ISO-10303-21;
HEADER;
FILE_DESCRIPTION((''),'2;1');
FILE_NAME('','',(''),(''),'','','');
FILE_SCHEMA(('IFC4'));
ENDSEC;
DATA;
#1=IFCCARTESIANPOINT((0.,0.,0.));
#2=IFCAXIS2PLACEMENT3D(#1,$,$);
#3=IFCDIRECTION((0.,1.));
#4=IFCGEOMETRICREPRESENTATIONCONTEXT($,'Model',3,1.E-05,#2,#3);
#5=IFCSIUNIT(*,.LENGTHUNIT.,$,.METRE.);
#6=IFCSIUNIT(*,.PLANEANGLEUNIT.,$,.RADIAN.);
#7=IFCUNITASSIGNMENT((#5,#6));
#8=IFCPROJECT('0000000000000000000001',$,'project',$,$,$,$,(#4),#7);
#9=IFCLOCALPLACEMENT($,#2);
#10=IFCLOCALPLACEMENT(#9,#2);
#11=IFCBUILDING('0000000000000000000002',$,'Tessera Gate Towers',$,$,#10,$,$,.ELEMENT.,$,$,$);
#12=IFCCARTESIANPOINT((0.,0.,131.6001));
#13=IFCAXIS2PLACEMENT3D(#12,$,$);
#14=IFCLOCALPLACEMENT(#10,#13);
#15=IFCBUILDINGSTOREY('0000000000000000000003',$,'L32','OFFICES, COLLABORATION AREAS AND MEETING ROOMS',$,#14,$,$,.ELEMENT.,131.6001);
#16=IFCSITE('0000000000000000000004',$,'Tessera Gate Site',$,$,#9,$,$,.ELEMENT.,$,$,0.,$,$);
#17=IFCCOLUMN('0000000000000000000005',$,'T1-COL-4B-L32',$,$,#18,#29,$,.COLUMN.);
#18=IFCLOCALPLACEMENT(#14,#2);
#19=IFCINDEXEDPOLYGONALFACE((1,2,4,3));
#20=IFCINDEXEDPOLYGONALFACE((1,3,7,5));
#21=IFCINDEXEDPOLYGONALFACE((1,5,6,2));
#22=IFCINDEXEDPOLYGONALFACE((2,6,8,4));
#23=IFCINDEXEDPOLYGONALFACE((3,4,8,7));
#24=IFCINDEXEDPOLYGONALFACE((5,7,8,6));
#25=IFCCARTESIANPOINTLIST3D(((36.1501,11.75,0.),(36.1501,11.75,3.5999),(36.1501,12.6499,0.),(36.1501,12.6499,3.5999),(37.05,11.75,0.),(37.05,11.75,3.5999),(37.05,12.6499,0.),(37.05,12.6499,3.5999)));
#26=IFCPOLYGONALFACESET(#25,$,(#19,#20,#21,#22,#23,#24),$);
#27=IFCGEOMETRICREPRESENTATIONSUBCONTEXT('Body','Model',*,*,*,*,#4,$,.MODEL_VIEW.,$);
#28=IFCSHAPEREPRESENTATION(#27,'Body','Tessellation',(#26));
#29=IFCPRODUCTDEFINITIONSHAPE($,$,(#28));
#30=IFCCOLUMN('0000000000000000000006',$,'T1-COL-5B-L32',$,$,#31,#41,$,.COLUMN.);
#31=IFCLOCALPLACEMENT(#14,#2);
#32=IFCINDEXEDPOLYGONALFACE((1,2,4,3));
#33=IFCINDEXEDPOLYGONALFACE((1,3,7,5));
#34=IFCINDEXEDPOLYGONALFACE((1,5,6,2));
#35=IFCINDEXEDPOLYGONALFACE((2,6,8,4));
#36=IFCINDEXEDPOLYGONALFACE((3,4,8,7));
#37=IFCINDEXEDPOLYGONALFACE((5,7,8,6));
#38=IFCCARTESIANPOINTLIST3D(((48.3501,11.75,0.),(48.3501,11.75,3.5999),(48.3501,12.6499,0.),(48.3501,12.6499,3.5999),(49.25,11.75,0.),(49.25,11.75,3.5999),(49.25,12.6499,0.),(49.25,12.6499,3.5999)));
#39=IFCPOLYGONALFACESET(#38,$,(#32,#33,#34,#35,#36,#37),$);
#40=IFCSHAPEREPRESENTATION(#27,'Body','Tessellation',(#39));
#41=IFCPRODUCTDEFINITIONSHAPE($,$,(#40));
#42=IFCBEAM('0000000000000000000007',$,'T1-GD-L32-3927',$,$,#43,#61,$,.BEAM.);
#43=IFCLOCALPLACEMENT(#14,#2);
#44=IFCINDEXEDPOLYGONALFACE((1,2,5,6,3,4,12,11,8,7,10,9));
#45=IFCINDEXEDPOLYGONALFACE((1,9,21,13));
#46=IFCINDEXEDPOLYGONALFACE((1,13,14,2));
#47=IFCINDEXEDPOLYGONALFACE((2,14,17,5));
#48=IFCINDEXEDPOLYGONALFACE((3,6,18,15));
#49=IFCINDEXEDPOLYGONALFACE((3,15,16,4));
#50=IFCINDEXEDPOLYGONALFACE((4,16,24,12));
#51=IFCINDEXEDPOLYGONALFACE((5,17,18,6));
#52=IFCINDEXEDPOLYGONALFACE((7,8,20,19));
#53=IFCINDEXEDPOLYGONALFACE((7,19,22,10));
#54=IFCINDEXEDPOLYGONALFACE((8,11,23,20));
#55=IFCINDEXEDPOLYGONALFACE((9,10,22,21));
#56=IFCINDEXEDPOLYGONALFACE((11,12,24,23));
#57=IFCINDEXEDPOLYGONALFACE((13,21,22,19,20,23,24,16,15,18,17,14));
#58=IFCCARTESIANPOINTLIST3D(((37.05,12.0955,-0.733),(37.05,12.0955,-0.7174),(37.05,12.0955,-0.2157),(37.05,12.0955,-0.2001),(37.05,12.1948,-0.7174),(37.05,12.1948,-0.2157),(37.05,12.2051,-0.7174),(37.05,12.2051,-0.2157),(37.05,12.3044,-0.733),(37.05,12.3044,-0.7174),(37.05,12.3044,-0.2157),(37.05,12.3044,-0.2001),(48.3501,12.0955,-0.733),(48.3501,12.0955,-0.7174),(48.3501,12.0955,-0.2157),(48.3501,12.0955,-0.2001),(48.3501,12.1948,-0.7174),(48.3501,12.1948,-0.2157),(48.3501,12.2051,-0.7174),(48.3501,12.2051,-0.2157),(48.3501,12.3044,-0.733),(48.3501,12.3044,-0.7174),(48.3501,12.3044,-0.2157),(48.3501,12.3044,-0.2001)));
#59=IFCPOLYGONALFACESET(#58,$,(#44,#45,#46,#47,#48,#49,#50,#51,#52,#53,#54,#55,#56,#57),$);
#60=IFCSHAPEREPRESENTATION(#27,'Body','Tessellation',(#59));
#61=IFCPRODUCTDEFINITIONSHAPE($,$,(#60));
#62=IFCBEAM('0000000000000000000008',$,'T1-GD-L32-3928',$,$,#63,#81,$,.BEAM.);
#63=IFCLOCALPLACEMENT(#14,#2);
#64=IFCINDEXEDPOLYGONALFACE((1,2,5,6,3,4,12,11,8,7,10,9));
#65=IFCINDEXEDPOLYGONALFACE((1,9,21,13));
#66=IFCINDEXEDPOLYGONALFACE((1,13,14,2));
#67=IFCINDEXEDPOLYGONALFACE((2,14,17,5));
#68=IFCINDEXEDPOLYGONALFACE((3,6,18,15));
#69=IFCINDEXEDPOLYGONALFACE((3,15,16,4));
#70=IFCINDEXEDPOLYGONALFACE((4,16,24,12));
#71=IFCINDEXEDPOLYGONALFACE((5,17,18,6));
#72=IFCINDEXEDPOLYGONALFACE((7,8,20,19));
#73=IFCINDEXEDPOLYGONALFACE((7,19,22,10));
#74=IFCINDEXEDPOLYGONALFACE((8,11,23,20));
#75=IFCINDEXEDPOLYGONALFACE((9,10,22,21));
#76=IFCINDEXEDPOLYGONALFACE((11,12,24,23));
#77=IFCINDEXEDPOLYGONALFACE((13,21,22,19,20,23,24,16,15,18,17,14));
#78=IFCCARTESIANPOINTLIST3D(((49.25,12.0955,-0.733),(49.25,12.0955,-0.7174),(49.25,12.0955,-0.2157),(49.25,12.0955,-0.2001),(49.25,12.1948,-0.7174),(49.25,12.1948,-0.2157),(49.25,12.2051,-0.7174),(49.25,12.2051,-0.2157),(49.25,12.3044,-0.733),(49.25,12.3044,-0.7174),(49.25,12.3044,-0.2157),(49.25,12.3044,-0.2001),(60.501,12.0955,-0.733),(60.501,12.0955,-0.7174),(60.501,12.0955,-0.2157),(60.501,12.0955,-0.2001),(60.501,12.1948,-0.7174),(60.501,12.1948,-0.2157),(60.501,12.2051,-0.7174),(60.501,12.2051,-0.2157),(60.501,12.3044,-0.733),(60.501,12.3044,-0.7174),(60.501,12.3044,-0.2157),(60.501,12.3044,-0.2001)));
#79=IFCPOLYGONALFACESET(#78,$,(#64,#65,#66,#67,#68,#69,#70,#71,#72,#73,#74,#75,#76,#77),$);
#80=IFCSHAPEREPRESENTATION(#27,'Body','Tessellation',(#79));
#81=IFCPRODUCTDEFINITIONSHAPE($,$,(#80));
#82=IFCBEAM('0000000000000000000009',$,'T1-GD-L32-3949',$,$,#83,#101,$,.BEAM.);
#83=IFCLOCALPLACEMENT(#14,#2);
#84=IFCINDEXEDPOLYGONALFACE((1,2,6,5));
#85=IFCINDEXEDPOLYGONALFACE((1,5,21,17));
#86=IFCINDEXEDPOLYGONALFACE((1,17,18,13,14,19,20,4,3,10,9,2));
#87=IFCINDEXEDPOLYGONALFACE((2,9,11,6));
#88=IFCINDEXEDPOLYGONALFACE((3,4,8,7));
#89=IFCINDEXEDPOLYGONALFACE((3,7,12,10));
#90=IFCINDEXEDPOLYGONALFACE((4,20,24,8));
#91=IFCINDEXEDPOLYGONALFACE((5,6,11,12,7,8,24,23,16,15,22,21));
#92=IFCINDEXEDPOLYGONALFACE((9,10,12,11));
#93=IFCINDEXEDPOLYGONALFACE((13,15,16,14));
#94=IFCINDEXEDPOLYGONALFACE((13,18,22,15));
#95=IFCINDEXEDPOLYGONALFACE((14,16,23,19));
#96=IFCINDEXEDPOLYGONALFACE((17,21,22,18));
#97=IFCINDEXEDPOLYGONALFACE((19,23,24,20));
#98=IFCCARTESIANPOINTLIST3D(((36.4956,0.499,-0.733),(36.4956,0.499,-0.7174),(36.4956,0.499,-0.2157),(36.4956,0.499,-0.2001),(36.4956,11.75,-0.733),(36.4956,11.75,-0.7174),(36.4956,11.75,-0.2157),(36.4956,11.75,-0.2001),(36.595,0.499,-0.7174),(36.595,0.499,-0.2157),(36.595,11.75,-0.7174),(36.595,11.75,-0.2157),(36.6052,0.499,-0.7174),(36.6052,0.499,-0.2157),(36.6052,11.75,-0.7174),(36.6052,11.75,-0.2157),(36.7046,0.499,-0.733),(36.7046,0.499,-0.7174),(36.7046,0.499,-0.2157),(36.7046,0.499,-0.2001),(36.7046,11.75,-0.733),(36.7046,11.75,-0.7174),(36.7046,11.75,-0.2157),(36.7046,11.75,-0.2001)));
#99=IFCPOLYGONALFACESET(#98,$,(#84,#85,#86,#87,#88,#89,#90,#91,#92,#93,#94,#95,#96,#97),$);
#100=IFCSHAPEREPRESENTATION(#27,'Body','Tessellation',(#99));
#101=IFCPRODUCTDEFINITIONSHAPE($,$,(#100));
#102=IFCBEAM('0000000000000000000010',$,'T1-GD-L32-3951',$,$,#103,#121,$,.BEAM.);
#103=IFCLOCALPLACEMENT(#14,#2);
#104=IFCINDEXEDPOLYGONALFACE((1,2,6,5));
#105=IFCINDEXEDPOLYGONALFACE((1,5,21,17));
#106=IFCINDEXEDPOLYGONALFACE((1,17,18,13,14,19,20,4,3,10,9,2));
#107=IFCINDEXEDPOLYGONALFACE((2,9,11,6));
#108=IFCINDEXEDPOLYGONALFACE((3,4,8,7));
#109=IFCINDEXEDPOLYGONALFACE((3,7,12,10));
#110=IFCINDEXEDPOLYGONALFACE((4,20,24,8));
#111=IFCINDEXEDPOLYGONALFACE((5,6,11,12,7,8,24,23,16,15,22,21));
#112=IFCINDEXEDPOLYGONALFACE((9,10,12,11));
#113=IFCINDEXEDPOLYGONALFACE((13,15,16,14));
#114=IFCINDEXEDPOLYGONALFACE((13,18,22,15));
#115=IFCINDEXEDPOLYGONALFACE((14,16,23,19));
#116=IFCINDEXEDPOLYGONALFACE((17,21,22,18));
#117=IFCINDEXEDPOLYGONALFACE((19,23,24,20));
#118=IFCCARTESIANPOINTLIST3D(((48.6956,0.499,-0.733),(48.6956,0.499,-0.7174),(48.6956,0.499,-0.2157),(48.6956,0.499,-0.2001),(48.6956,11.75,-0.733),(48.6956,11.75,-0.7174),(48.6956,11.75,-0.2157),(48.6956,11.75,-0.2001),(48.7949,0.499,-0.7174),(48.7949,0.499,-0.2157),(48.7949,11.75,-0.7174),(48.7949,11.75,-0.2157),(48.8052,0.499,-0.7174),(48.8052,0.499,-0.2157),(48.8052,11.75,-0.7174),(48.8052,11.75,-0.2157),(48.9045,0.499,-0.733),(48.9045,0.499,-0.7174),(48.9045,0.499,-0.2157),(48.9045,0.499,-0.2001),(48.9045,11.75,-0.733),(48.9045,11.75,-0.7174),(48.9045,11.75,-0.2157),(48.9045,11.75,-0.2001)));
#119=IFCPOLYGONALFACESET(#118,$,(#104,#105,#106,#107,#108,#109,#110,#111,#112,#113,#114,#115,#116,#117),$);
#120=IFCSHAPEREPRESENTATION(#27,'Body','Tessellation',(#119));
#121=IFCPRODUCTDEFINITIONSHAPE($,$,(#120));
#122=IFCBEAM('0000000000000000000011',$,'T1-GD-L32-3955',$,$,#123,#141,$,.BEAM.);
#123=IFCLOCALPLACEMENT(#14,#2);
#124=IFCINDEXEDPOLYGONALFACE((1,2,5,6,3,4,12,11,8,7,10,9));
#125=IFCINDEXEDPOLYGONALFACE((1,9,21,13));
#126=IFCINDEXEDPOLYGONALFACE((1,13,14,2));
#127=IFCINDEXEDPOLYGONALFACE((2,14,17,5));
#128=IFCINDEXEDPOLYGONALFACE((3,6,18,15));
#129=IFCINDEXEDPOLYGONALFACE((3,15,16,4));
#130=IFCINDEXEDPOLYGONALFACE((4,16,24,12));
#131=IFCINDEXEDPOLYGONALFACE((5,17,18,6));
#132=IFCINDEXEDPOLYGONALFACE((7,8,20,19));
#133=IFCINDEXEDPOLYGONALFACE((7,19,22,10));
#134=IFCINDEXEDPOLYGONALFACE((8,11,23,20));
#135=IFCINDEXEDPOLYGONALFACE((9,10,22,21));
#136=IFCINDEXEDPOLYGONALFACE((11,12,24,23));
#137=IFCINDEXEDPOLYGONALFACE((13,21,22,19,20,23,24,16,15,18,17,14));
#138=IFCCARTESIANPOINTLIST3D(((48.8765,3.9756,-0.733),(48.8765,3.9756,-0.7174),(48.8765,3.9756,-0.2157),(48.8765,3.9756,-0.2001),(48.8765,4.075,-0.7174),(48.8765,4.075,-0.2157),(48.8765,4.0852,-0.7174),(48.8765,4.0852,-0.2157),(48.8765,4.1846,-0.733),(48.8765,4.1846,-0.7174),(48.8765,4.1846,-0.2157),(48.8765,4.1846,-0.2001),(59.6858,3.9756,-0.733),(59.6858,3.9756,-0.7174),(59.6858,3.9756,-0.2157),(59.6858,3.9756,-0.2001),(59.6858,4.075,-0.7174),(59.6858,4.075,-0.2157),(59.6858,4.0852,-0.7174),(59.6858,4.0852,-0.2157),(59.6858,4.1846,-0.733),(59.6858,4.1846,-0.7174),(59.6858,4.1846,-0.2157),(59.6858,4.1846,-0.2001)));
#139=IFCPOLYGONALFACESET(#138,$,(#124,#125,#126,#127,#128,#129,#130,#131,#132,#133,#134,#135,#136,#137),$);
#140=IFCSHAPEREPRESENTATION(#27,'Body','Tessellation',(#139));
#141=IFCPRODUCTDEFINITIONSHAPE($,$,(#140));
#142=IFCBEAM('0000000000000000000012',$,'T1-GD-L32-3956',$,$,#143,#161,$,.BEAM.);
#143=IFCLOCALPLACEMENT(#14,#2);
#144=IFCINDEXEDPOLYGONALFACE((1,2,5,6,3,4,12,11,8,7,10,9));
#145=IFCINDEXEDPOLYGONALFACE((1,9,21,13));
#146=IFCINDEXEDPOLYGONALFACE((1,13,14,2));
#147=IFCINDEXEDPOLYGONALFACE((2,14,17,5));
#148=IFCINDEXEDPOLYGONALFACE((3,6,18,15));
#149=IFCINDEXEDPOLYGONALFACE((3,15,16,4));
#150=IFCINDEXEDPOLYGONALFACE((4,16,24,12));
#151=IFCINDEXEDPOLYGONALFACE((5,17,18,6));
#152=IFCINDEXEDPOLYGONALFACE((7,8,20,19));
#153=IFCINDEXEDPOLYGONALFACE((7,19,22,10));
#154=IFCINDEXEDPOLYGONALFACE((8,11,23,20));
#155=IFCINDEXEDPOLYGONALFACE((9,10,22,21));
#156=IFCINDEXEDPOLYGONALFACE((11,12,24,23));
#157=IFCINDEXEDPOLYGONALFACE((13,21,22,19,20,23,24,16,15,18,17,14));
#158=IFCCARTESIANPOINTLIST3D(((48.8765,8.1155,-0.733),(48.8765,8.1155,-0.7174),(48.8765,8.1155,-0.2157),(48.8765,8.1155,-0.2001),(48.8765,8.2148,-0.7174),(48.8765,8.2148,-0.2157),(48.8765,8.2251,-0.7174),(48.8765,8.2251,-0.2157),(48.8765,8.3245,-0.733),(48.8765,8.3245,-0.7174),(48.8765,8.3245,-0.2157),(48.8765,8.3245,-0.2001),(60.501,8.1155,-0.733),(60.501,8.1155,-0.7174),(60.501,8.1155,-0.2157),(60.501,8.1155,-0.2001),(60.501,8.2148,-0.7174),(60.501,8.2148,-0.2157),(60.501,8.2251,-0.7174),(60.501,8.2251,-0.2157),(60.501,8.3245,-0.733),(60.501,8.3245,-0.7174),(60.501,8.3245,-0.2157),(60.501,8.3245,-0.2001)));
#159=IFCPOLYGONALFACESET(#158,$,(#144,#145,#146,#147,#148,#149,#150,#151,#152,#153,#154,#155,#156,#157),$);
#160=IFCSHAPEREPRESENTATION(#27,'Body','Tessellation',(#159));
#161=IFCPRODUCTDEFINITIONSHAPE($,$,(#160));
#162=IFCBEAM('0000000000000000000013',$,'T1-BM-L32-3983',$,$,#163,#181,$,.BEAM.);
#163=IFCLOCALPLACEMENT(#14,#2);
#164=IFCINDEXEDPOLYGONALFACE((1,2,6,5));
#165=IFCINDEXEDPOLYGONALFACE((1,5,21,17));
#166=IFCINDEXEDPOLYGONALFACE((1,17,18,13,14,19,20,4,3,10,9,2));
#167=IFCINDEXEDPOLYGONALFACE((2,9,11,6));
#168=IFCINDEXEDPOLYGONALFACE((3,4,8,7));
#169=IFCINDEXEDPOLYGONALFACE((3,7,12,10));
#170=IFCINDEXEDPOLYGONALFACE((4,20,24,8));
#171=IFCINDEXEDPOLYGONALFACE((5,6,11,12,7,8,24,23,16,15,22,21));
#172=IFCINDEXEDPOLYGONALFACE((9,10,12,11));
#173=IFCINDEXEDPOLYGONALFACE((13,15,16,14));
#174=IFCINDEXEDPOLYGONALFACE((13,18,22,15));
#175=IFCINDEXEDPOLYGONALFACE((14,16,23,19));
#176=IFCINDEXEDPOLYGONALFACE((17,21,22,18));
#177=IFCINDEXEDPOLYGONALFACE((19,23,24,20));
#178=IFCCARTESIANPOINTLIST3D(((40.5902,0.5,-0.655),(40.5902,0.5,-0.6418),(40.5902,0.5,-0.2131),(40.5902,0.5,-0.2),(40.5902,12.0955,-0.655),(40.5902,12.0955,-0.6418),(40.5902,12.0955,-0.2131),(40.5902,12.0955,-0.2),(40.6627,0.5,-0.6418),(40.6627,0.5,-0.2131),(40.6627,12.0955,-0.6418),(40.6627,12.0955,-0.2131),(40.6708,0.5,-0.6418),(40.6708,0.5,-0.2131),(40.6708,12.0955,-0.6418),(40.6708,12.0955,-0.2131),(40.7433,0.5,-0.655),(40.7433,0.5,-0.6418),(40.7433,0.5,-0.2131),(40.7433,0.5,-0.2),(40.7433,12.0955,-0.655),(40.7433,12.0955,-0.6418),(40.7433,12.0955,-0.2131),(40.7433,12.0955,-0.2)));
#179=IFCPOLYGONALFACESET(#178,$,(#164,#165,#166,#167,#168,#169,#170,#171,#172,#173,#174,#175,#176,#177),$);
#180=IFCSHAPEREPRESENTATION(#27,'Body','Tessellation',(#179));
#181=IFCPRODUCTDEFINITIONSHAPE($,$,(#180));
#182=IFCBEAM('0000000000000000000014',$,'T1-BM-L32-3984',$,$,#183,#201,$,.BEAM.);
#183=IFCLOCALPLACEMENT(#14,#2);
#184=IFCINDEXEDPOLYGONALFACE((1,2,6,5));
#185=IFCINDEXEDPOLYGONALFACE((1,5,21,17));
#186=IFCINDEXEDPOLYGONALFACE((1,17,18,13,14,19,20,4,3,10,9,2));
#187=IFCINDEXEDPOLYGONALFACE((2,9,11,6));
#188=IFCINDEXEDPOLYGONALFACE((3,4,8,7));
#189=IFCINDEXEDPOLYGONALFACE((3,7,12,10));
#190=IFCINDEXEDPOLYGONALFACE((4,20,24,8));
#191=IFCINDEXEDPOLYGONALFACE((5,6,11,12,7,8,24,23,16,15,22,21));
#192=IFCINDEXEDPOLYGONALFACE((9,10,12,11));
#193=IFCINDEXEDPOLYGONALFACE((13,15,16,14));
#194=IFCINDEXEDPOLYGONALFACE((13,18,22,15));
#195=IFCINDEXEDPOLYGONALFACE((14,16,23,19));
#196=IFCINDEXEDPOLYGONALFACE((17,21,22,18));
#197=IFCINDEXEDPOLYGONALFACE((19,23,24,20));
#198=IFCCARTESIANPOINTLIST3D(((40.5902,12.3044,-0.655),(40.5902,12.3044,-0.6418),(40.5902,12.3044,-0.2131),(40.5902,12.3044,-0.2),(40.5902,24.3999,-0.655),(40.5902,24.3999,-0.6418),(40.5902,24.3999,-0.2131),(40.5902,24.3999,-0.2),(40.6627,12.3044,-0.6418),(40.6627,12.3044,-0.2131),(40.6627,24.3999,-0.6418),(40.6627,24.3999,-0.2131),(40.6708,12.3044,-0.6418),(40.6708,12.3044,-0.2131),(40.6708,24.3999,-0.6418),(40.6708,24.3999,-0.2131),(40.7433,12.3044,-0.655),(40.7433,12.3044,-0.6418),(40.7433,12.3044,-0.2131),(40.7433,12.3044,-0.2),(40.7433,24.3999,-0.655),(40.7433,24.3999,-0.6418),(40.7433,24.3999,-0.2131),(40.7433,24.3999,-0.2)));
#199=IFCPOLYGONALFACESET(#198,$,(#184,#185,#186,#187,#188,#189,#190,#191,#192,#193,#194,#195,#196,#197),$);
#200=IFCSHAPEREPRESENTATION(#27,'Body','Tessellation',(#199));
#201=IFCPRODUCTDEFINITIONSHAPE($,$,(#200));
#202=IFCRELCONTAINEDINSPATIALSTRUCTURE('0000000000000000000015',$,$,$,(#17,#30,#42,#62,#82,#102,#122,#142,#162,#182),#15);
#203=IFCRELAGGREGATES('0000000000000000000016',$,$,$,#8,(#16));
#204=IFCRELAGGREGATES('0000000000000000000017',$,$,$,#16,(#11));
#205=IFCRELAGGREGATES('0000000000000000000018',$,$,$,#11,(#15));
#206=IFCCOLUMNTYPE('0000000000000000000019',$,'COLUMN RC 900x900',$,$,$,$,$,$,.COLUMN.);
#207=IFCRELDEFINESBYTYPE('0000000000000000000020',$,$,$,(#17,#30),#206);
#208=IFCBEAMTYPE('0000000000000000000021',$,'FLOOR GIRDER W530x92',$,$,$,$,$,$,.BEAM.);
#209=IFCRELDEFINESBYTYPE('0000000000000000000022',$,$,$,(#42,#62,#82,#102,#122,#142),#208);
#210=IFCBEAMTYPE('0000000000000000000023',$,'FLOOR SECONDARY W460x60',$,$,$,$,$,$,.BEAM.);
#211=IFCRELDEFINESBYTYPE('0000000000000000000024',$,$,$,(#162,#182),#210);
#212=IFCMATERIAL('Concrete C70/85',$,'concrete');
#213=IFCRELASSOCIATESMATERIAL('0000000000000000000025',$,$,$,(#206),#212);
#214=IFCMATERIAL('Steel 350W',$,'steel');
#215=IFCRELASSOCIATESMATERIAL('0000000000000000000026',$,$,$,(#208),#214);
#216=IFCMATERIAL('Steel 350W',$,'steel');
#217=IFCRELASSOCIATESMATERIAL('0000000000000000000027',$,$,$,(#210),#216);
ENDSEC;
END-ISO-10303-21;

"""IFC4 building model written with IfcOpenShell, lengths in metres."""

from ifc_helpers import new_model, si_unit, direction, frame, origin, origin_2d, place, context, subcontext, project, spatial, rectangle, i_section, extrude, material, material_profile, profile_set, type_object, element, save


model = new_model("IFC4")

# Units and contexts
model_context = context("Model", 3, precision=1e-05, world=origin(), true_north=direction((0.0, 1.0)))
body_context = subcontext(model_context, "Body", "Model", "MODEL_VIEW")
ifc_project = project(units=[si_unit("LENGTHUNIT", "METRE"), si_unit("PLANEANGLEUNIT", "RADIAN")], contexts=[model_context])

# Site, building, storey
site_placement = place(None, origin())
site = spatial("IfcSite", under=ifc_project, at=site_placement, Name="Tessera Gate Site", CompositionType="ELEMENT", RefElevation=0.0)
building_placement = place(site_placement, origin())
building = spatial("IfcBuilding", under=site, at=building_placement, Name="Tessera Gate Towers", CompositionType="ELEMENT")
storey_placement = place(building_placement, frame((0.0, 0.0, 131.6001)))
storey = spatial("IfcBuildingStorey", under=building, at=storey_placement, Name="L32", Description="OFFICES, COLLABORATION AREAS AND MEETING ROOMS", CompositionType="ELEMENT", Elevation=131.6001)

# Columns
ifc_material_1 = material(Name="Concrete C70/85", Category="concrete")
ifc_material_profile_1 = material_profile(ifc_material_1, rectangle(XDim=0.8999, YDim=0.8999, at=origin_2d()), Name="RC 900x900")
ifc_profile_set_1 = profile_set([ifc_material_profile_1], Name="Concrete C70/85")
column_type = type_object("IfcColumnType", Name="COLUMN RC 900x900", PredefinedType="COLUMN", material=ifc_profile_set_1)
for number, where, z_axis, x_axis, name in (
    (1, (36.6001, 12.2, 0.0), (0.0, 0.0, 1.0), (1.0, 0.0, 0.0), "T1-COL-4B-L32"),
    (2, (48.8, 12.2, 0.0), (0.0, 0.0, 1.0), (1.0, 0.0, 0.0), "T1-COL-5B-L32"),
):
    element("IfcColumn", number, at=place(storey_placement, frame(where, z_axis=z_axis, x_axis=x_axis)), inside=storey, type_object=column_type, Name=name, PredefinedType="COLUMN", context=body_context, shape_type="SweptSolid", body=[
        extrude(rectangle(XDim=0.8999, YDim=0.8999, at=origin_2d()), origin(), (0.0, 0.0, 1.0), 3.5999),
    ])

# Beams
ifc_material_2 = material(Name="Steel 350W", Category="steel")
ifc_material_profile_2 = material_profile(ifc_material_2, i_section(OverallWidth=0.209, OverallDepth=0.533, WebThickness=0.0103, FlangeThickness=0.0156, at=origin_2d()), Name="W530x92")
ifc_profile_set_2 = profile_set([ifc_material_profile_2], Name="Steel 350W")
beam_type_1 = type_object("IfcBeamType", Name="FLOOR GIRDER W530x92", PredefinedType="BEAM", material=ifc_profile_set_2)
beam_1_placement = place(storey_placement, frame((37.05, 12.2, -0.4666), z_axis=(1.0, 0.0, 0.0), x_axis=(0.0, 1.0, 0.0)))
element("IfcBeam", 3, at=beam_1_placement, inside=storey, type_object=beam_type_1, Name="T1-GD-L32-3927", PredefinedType="BEAM", context=body_context, shape_type="SweptSolid", body=[
    extrude(i_section(OverallWidth=0.209, OverallDepth=0.533, WebThickness=0.0103, FlangeThickness=0.0156, at=origin_2d()), origin(), (0.0, 0.0, 1.0), 11.3),
])
for number, where, z_axis, x_axis, name in (
    (4, (49.25, 12.2, -0.4666), (1.0, 0.0, 0.0), (0.0, 1.0, 0.0), "T1-GD-L32-3928"),
    (5, (36.6001, 0.499, -0.4666), (0.0, 1.0, 0.0), (-1.0, 0.0, 0.0), "T1-GD-L32-3949"),
    (6, (48.8, 0.499, -0.4666), (0.0, 1.0, 0.0), (-1.0, 0.0, 0.0), "T1-GD-L32-3951"),
):
    element("IfcBeam", number, at=place(storey_placement, frame(where, z_axis=z_axis, x_axis=x_axis)), inside=storey, type_object=beam_type_1, Name=name, PredefinedType="BEAM", context=body_context, shape_type="SweptSolid", body=[
        extrude(i_section(OverallWidth=0.209, OverallDepth=0.533, WebThickness=0.0103, FlangeThickness=0.0156, at=origin_2d()), origin(), (0.0, 0.0, 1.0), 11.251),
    ])
beam_2_placement = place(storey_placement, frame((48.8765, 4.0801, -0.4666), z_axis=(1.0, 0.0, 0.0), x_axis=(0.0, 1.0, 0.0)))
element("IfcBeam", 7, at=beam_2_placement, inside=storey, type_object=beam_type_1, Name="T1-GD-L32-3955", PredefinedType="BEAM", context=body_context, shape_type="SweptSolid", body=[
    extrude(i_section(OverallWidth=0.209, OverallDepth=0.533, WebThickness=0.0103, FlangeThickness=0.0156, at=origin_2d()), origin(), (0.0, 0.0, 1.0), 10.8093),
])
beam_3_placement = place(storey_placement, frame((48.8765, 8.22, -0.4666), z_axis=(1.0, 0.0, 0.0), x_axis=(0.0, 1.0, 0.0)))
element("IfcBeam", 8, at=beam_3_placement, inside=storey, type_object=beam_type_1, Name="T1-GD-L32-3956", PredefinedType="BEAM", context=body_context, shape_type="SweptSolid", body=[
    extrude(i_section(OverallWidth=0.209, OverallDepth=0.533, WebThickness=0.0103, FlangeThickness=0.0156, at=origin_2d()), origin(), (0.0, 0.0, 1.0), 11.6245),
])
ifc_material_3 = material(Name="Steel 350W", Category="steel")
ifc_material_profile_3 = material_profile(ifc_material_3, i_section(OverallWidth=0.1531, OverallDepth=0.4551, WebThickness=0.0081, FlangeThickness=0.0132, at=origin_2d()), Name="W460x60")
ifc_profile_set_3 = profile_set([ifc_material_profile_3], Name="Steel 350W")
beam_type_2 = type_object("IfcBeamType", Name="FLOOR SECONDARY W460x60", PredefinedType="BEAM", material=ifc_profile_set_3)
beam_4_placement = place(storey_placement, frame((40.6667, 0.5, -0.4275), z_axis=(0.0, 1.0, 0.0), x_axis=(-1.0, 0.0, 0.0)))
element("IfcBeam", 9, at=beam_4_placement, inside=storey, type_object=beam_type_2, Name="T1-BM-L32-3983", PredefinedType="BEAM", context=body_context, shape_type="SweptSolid", body=[
    extrude(i_section(OverallWidth=0.1531, OverallDepth=0.4551, WebThickness=0.0081, FlangeThickness=0.0132, at=origin_2d()), origin(), (0.0, 0.0, 1.0), 11.5955),
])
beam_5_placement = place(storey_placement, frame((40.6667, 12.3044, -0.4275), z_axis=(0.0, 1.0, 0.0), x_axis=(-1.0, 0.0, 0.0)))
element("IfcBeam", 10, at=beam_5_placement, inside=storey, type_object=beam_type_2, Name="T1-BM-L32-3984", PredefinedType="BEAM", context=body_context, shape_type="SweptSolid", body=[
    extrude(i_section(OverallWidth=0.1531, OverallDepth=0.4551, WebThickness=0.0081, FlangeThickness=0.0132, at=origin_2d()), origin(), (0.0, 0.0, 1.0), 12.0955),
])

save(model, "model.ifc")
